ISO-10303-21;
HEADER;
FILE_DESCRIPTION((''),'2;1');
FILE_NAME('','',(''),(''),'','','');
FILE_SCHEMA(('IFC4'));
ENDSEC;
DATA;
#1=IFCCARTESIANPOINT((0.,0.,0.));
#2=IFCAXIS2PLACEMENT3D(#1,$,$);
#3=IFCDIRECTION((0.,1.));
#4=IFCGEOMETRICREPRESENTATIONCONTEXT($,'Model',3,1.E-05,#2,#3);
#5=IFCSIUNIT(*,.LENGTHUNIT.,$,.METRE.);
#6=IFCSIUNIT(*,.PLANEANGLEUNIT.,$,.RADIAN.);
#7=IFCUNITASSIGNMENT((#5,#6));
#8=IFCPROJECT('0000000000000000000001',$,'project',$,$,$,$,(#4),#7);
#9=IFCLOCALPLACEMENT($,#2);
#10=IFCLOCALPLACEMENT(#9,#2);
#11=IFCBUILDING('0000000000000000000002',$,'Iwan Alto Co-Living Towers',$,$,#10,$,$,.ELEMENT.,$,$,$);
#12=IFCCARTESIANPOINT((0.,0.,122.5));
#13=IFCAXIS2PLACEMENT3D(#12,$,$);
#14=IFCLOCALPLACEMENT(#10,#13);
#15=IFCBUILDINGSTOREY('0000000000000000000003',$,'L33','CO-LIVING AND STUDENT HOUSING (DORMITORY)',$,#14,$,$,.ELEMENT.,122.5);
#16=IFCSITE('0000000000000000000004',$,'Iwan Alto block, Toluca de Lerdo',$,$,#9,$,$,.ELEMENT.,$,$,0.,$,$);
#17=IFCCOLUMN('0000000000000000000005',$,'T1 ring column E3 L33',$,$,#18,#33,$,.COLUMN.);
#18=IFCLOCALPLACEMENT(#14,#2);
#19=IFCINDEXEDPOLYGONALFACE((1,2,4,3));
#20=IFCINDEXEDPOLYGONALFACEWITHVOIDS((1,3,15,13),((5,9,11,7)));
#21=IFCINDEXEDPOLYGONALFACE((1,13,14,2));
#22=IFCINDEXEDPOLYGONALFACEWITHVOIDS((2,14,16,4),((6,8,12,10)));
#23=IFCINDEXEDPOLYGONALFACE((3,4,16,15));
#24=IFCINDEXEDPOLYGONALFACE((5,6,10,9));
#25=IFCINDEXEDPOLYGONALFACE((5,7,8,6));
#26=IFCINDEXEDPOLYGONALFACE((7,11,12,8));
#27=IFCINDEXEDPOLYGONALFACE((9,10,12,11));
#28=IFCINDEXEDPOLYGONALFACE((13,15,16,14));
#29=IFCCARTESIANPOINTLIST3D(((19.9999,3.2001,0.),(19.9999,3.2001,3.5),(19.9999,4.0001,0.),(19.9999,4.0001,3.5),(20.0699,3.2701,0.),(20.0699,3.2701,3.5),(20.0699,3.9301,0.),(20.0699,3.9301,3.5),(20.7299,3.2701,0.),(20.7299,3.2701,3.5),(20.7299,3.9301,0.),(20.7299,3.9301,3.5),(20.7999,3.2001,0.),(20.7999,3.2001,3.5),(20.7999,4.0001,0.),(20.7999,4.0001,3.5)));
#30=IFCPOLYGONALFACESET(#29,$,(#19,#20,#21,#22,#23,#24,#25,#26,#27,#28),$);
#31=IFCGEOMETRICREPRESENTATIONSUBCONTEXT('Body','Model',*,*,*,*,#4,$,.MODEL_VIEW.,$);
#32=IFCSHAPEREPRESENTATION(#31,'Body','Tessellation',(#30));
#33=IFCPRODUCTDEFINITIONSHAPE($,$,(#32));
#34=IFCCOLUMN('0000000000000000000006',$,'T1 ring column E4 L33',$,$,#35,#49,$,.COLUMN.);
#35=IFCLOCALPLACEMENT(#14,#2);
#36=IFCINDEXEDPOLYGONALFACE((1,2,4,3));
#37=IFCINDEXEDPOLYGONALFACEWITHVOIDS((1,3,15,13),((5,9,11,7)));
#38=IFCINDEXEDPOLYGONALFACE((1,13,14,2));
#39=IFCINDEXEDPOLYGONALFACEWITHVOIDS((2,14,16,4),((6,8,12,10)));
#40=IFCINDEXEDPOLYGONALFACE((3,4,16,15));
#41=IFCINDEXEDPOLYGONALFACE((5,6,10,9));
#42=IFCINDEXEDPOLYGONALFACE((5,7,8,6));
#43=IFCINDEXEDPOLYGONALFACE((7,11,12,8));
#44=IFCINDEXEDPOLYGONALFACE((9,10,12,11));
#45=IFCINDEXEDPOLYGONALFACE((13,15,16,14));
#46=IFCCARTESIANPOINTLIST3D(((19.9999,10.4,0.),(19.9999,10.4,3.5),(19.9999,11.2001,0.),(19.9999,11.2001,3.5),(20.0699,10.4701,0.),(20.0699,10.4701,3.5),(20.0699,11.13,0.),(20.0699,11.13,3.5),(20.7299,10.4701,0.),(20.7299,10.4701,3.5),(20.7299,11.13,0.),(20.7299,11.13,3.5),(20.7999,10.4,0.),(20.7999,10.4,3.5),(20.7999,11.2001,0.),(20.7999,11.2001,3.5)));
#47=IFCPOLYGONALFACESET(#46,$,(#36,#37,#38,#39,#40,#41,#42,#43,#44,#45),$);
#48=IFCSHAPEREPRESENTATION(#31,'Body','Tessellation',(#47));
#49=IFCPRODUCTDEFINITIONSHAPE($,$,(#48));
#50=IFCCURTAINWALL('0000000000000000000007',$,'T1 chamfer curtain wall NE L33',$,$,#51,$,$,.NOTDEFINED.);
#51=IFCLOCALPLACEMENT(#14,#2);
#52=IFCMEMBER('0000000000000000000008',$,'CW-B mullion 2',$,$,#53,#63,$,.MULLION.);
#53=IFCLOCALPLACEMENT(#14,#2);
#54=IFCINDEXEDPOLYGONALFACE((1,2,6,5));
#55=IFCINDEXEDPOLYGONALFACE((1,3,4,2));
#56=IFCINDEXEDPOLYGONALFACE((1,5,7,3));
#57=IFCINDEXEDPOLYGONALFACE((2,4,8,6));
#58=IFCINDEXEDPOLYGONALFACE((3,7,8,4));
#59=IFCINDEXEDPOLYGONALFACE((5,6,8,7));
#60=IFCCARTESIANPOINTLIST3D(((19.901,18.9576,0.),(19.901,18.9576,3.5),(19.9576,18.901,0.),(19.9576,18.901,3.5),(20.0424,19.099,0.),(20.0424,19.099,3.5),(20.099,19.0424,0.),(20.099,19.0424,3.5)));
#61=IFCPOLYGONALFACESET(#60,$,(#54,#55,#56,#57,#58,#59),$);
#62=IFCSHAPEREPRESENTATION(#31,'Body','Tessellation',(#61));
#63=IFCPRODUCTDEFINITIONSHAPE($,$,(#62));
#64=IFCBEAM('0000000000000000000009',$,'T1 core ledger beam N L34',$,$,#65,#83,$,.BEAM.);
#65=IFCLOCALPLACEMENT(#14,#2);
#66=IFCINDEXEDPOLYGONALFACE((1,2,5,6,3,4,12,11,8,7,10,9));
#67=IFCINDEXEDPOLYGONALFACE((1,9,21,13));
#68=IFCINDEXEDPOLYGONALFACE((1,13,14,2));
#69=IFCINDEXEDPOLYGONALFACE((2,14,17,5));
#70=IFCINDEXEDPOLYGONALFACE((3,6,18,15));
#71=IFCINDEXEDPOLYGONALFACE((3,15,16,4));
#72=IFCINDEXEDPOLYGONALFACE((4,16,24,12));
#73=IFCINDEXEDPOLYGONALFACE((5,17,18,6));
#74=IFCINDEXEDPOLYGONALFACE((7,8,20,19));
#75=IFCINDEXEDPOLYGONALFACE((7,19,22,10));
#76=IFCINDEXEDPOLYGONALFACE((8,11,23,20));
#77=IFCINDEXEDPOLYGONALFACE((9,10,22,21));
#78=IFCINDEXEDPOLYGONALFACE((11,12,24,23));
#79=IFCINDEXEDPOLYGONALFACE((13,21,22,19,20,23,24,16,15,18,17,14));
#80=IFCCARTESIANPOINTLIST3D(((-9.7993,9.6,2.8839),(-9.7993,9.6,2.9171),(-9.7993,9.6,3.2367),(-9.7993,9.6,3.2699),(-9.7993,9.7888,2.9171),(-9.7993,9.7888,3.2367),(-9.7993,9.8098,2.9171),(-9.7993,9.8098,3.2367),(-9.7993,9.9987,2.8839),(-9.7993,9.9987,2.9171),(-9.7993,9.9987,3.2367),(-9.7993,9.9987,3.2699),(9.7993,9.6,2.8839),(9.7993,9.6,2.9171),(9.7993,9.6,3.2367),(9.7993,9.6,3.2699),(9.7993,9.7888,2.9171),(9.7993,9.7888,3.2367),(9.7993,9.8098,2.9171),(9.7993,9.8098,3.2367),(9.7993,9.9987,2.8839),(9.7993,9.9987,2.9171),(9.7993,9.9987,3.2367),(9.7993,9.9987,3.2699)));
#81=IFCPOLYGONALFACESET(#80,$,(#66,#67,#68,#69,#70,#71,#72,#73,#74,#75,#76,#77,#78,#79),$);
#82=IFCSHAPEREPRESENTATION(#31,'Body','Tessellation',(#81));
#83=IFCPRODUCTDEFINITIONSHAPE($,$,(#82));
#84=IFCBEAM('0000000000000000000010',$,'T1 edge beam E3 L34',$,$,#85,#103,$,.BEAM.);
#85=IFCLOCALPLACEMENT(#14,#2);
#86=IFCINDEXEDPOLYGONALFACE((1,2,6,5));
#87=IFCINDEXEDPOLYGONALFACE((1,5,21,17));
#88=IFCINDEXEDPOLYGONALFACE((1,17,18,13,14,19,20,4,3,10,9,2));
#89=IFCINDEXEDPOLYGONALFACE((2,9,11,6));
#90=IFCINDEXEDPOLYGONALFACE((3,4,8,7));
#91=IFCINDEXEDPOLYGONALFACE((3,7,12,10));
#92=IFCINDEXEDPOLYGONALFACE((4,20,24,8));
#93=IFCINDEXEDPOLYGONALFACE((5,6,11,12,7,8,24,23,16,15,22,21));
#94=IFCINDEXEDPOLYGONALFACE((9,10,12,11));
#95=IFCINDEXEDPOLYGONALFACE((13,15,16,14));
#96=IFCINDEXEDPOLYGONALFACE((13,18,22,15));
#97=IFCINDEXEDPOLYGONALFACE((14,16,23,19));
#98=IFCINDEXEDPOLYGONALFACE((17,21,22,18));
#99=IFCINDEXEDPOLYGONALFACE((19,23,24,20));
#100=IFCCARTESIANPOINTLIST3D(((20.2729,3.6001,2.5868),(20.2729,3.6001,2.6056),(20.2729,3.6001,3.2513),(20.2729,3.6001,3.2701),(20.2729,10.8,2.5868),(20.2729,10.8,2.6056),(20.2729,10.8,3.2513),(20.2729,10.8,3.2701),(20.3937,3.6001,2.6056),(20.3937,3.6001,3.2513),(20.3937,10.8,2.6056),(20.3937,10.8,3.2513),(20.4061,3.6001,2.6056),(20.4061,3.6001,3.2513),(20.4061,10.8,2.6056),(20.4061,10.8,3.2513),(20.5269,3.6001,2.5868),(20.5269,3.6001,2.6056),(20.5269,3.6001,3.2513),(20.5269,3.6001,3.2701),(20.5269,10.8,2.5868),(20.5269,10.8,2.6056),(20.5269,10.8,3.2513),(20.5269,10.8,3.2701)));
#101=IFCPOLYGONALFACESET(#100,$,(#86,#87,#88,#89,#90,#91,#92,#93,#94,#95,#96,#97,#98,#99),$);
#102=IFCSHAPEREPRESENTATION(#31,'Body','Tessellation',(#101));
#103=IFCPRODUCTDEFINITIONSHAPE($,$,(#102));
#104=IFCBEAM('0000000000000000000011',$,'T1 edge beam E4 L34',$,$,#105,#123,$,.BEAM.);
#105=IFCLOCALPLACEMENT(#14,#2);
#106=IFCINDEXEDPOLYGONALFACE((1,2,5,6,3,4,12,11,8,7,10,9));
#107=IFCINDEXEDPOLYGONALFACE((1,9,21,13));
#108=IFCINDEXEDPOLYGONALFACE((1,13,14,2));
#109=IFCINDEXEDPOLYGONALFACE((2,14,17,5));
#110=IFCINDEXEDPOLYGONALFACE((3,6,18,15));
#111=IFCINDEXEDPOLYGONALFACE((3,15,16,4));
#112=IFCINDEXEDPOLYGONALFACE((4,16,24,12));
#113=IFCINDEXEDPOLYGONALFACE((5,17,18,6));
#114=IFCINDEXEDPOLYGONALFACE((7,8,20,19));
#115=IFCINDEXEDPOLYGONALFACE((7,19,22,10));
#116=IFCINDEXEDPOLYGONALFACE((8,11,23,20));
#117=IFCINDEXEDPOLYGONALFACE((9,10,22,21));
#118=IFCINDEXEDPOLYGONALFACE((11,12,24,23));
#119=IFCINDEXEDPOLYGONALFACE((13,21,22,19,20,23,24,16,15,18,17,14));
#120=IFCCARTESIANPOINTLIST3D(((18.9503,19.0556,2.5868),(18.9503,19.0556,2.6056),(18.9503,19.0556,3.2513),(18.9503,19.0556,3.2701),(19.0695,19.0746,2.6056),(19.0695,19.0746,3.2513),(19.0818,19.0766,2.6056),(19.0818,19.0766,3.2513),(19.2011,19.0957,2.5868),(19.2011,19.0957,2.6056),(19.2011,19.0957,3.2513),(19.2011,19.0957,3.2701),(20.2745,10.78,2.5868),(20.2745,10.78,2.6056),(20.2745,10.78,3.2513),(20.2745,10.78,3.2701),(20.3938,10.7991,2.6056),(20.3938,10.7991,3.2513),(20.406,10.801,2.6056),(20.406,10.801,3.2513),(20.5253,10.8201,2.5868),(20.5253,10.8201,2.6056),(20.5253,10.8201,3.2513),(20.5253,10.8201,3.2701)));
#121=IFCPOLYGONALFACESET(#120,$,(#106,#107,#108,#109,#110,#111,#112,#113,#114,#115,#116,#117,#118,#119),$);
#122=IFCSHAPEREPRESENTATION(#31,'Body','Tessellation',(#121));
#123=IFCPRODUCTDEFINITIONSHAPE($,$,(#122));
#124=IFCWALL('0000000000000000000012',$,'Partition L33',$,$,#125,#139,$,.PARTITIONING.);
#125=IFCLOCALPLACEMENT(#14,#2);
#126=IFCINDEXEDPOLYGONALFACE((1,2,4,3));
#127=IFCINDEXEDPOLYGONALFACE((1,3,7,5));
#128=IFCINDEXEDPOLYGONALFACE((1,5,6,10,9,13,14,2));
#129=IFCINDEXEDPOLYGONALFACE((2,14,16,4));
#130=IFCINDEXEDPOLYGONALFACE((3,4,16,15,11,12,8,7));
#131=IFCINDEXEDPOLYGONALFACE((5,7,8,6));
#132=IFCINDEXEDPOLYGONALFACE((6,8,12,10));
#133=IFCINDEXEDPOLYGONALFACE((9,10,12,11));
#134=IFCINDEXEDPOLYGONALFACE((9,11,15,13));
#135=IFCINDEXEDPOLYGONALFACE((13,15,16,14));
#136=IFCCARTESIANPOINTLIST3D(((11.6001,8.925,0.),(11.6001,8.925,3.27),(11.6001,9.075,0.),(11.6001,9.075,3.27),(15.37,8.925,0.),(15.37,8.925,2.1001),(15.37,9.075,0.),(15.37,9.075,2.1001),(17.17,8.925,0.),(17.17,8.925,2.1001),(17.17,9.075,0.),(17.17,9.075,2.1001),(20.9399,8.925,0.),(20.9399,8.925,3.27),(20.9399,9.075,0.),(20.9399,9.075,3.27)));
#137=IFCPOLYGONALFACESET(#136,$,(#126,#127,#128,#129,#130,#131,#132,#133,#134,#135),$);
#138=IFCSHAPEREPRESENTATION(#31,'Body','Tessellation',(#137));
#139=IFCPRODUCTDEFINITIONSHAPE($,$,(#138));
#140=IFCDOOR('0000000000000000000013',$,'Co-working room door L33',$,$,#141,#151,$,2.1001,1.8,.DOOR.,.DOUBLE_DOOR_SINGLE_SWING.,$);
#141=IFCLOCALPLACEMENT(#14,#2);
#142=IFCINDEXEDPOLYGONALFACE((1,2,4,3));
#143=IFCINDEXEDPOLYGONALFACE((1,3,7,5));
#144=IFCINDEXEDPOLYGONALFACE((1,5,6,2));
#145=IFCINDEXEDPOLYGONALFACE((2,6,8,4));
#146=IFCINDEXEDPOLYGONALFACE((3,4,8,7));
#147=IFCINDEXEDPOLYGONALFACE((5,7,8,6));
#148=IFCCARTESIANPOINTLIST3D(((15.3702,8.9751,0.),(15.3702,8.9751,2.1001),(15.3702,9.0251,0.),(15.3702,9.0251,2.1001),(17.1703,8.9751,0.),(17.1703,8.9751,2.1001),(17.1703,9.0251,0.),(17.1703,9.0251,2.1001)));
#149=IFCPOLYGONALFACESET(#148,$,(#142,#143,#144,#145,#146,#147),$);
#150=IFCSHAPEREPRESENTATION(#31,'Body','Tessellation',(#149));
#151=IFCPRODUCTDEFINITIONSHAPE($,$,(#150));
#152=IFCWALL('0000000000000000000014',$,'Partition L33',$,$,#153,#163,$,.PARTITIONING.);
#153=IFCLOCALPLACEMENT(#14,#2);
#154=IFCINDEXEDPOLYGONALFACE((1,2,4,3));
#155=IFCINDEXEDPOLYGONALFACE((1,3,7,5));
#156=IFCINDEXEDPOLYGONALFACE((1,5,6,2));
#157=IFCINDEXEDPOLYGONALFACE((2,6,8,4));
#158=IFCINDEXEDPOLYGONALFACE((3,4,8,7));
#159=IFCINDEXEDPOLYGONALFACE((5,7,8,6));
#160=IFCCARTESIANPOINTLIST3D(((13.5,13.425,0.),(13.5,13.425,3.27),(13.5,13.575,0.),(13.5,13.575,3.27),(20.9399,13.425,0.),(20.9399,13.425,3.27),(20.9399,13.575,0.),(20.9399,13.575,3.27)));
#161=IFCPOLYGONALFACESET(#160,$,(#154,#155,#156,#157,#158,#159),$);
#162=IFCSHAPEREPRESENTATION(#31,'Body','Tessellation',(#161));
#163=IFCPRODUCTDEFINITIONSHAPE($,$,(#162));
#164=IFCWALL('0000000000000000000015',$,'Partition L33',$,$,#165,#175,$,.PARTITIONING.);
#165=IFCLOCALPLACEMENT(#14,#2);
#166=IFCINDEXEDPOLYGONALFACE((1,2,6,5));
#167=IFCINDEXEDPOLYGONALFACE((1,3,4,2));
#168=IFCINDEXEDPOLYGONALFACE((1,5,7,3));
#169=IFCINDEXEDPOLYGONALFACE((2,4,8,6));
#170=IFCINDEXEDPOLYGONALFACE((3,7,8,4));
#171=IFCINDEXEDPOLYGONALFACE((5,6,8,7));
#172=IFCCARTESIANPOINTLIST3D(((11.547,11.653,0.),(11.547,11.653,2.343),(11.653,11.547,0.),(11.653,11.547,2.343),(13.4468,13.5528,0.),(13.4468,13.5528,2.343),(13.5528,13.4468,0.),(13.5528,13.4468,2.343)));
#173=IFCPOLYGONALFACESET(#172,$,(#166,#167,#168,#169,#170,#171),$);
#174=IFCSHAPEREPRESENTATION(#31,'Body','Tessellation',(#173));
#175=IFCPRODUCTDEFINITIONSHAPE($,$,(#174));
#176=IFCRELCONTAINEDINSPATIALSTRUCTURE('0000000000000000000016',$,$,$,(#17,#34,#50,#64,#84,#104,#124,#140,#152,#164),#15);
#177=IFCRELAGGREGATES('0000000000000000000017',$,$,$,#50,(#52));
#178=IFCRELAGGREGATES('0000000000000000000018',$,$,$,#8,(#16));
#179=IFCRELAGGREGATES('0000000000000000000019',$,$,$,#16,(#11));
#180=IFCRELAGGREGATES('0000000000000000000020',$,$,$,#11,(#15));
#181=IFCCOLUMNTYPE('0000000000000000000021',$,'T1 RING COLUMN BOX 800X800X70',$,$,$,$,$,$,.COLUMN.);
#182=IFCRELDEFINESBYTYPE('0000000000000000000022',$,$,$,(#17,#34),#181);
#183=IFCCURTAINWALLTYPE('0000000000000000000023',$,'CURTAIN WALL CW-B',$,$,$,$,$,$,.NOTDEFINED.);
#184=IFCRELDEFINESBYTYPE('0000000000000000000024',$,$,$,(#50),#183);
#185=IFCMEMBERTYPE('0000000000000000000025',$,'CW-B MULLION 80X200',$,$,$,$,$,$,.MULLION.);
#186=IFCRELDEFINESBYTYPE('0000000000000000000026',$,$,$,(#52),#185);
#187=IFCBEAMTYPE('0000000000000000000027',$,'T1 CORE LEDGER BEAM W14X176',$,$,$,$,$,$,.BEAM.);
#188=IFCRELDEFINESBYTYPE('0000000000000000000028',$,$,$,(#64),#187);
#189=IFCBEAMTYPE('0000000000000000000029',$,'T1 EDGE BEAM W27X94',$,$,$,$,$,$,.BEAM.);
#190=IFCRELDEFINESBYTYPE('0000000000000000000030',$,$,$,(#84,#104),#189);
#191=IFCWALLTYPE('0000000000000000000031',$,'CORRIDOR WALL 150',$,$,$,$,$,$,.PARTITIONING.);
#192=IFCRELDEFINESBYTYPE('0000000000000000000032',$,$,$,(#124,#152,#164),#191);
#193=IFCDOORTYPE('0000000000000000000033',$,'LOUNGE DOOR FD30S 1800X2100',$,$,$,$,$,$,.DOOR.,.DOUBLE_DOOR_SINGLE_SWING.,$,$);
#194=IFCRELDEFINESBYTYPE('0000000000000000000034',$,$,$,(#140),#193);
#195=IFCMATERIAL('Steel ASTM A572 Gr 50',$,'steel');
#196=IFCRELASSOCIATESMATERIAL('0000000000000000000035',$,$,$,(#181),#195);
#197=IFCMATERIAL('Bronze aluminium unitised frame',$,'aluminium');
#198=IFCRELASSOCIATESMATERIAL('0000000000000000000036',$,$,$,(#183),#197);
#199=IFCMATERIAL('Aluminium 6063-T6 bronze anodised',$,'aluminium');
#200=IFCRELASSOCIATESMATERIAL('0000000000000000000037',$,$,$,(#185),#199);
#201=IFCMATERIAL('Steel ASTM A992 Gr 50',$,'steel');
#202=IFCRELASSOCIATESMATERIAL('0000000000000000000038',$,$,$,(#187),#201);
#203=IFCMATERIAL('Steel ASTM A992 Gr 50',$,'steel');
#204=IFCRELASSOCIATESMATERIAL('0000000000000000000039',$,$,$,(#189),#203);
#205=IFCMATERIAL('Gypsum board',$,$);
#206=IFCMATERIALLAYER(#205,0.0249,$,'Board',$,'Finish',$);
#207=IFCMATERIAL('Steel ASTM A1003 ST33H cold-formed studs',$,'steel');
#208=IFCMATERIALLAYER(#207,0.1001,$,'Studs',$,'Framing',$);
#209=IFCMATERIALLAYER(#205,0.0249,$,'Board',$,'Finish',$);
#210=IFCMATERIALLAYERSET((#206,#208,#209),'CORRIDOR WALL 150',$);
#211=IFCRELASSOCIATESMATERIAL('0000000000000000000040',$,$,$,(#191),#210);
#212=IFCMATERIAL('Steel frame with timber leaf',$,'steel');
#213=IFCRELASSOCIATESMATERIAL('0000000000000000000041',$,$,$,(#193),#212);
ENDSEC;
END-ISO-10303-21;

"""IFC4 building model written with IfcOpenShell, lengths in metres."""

from ifc_helpers import new_model, si_unit, direction, frame, frame_2d, origin, origin_2d, place, context, subcontext, project, spatial, rectangle, hollow_rectangle, i_section, extrude, material, layer, layer_set, material_profile, profile_set, type_object, element, fill, aggregate, save


model = new_model("IFC4")

# Units and contexts
model_context = context("Model", 3, precision=1e-05, world=origin(), true_north=direction((0.0, 1.0)))
body_context = subcontext(model_context, "Body", "Model", "MODEL_VIEW")
ifc_project = project(units=[si_unit("LENGTHUNIT", "METRE"), si_unit("PLANEANGLEUNIT", "RADIAN")], contexts=[model_context])

# Site, building, storey
site_placement = place(None, origin())
site = spatial("IfcSite", under=ifc_project, at=site_placement, Name="Iwan Alto block, Toluca de Lerdo", CompositionType="ELEMENT", RefElevation=0.0)
building_placement = place(site_placement, origin())
building = spatial("IfcBuilding", under=site, at=building_placement, Name="Iwan Alto Co-Living Towers", CompositionType="ELEMENT")
storey_placement = place(building_placement, frame((0.0, 0.0, 122.5)))
storey = spatial("IfcBuildingStorey", under=building, at=storey_placement, Name="L33", Description="CO-LIVING AND STUDENT HOUSING (DORMITORY)", CompositionType="ELEMENT", Elevation=122.5)

# Columns
ifc_material_1 = material(Name="Steel ASTM A572 Gr 50", Category="steel")
ifc_material_profile_1 = material_profile(ifc_material_1, hollow_rectangle(XDim=0.8, YDim=0.8, WallThickness=0.0701, at=origin_2d()), Name="BOX 800X800X70")
ifc_profile_set_1 = profile_set([ifc_material_profile_1], Name="Steel ASTM A572 Gr 50")
column_type = type_object("IfcColumnType", Name="T1 RING COLUMN BOX 800X800X70", PredefinedType="COLUMN", material=ifc_profile_set_1)
for number, where, z_axis, x_axis, name in (
    (1, (20.3999, 3.6001, 0.0), (0.0, 0.0, 1.0), (1.0, 0.0, 0.0), "T1 ring column E3 L33"),
    (2, (20.3999, 10.8, 0.0), (0.0, 0.0, 1.0), (1.0, 0.0, 0.0), "T1 ring column E4 L33"),
):
    element("IfcColumn", number, at=place(storey_placement, frame(where, z_axis=z_axis, x_axis=x_axis)), inside=storey, type_object=column_type, Name=name, PredefinedType="COLUMN", context=body_context, shape_type="SweptSolid", body=[
        extrude(hollow_rectangle(XDim=0.8, YDim=0.8, WallThickness=0.0701, at=origin_2d()), origin(), (0.0, 0.0, 1.0), 3.5),
    ])

# Curtain wall, member
ifc_material_2 = material(Name="Bronze aluminium unitised frame", Category="aluminium")
curtain_wall_type = type_object("IfcCurtainWallType", Name="CURTAIN WALL CW-B", PredefinedType="NOTDEFINED", material=ifc_material_2)
curtain_wall_placement = place(storey_placement, origin())
curtain_wall = element("IfcCurtainWall", 3, at=curtain_wall_placement, inside=storey, type_object=curtain_wall_type, Name="T1 chamfer curtain wall NE L33", PredefinedType="NOTDEFINED")
ifc_material_3 = material(Name="Aluminium 6063-T6 bronze anodised", Category="aluminium")
ifc_material_profile_2 = material_profile(ifc_material_3, rectangle(XDim=0.2, YDim=0.0801, at=origin_2d()), Name="AL 80X200")
ifc_profile_set_2 = profile_set([ifc_material_profile_2], Name="Aluminium 6063-T6 bronze anodised")
member_type = type_object("IfcMemberType", Name="CW-B MULLION 80X200", PredefinedType="MULLION", material=ifc_profile_set_2)
member_placement = place(storey_placement, frame((20.0, 19.0, 0.0), z_axis=(0.0, 0.0, 1.0), x_axis=(-0.707107, -0.707107, 0.0)))
member = element("IfcMember", 4, at=member_placement, type_object=member_type, Name="CW-B mullion 2", PredefinedType="MULLION", context=body_context, shape_type="SweptSolid", body=[
    extrude(rectangle(XDim=0.2, YDim=0.0801, at=origin_2d()), origin(), (0.0, 0.0, 1.0), 3.5),
])
aggregate(curtain_wall, [member])

# Beams
ifc_material_4 = material(Name="Steel ASTM A992 Gr 50", Category="steel")
ifc_material_profile_3 = material_profile(ifc_material_4, i_section(OverallWidth=0.3987, OverallDepth=0.386, WebThickness=0.021, FlangeThickness=0.0332, at=origin_2d()), Name="W14X176")
ifc_profile_set_3 = profile_set([ifc_material_profile_3], Name="Steel ASTM A992 Gr 50")
beam_type_1 = type_object("IfcBeamType", Name="T1 CORE LEDGER BEAM W14X176", PredefinedType="BEAM", material=ifc_profile_set_3)
beam_1_placement = place(storey_placement, frame((9.7993, 9.7993, 3.0769), z_axis=(-1.0, 0.0, 0.0), x_axis=(0.0, -1.0, 0.0)))
element("IfcBeam", 5, at=beam_1_placement, inside=storey, type_object=beam_type_1, Name="T1 core ledger beam N L34", PredefinedType="BEAM", context=body_context, shape_type="SweptSolid", body=[
    extrude(i_section(OverallWidth=0.3987, OverallDepth=0.386, WebThickness=0.021, FlangeThickness=0.0332, at=origin_2d()), origin(), (0.0, 0.0, 1.0), 19.5986),
])
ifc_material_5 = material(Name="Steel ASTM A992 Gr 50", Category="steel")
ifc_material_profile_4 = material_profile(ifc_material_5, i_section(OverallWidth=0.2539, OverallDepth=0.6833, WebThickness=0.0125, FlangeThickness=0.0188, at=origin_2d()), Name="W27X94")
ifc_profile_set_4 = profile_set([ifc_material_profile_4], Name="Steel ASTM A992 Gr 50")
beam_type_2 = type_object("IfcBeamType", Name="T1 EDGE BEAM W27X94", PredefinedType="BEAM", material=ifc_profile_set_4)
beam_2_placement = place(storey_placement, frame((20.3999, 3.6001, 2.9285), z_axis=(0.0, 1.0, 0.0), x_axis=(-1.0, 0.0, 0.0)))
element("IfcBeam", 6, at=beam_2_placement, inside=storey, type_object=beam_type_2, Name="T1 edge beam E3 L34", PredefinedType="BEAM", context=body_context, shape_type="SweptSolid", body=[
    extrude(i_section(OverallWidth=0.2539, OverallDepth=0.6833, WebThickness=0.0125, FlangeThickness=0.0188, at=origin_2d()), origin(), (0.0, 0.0, 1.0), 7.2),
])
beam_3_placement = place(storey_placement, frame((20.3999, 10.8, 2.9285), z_axis=(-0.158004, 0.987438, 0.0), x_axis=(-0.987438, -0.158004, 0.0)))
element("IfcBeam", 7, at=beam_3_placement, inside=storey, type_object=beam_type_2, Name="T1 edge beam E4 L34", PredefinedType="BEAM", context=body_context, shape_type="SweptSolid", body=[
    extrude(i_section(OverallWidth=0.2539, OverallDepth=0.6833, WebThickness=0.0125, FlangeThickness=0.0188, at=origin_2d()), origin(), (0.0, 0.0, 1.0), 8.3809),
])

# Wall, opening, door
ifc_material_6 = material(Name="Gypsum board")
ifc_layer_1 = layer(ifc_material_6, 0.0249, Name="Board", Category="Finish")
ifc_material_7 = material(Name="Steel ASTM A1003 ST33H cold-formed studs", Category="steel")
ifc_layer_2 = layer(ifc_material_7, 0.1001, Name="Studs", Category="Framing")
ifc_layer_3 = layer(ifc_material_6, 0.0249, Name="Board", Category="Finish")
ifc_layer_set_1 = layer_set([ifc_layer_1, ifc_layer_2, ifc_layer_3], Name="CORRIDOR WALL 150")
wall_type_1 = type_object("IfcWallType", Name="CORRIDOR WALL 150", PredefinedType="PARTITIONING", material=ifc_layer_set_1)
wall_1_placement = place(storey_placement, frame((11.6001, 9.0, 0.0), z_axis=(0.0, 0.0, 1.0), x_axis=(1.0, 0.0, 0.0)))
wall_1 = element("IfcWall", 8, at=wall_1_placement, inside=storey, type_object=wall_type_1, Name="Partition L33", PredefinedType="PARTITIONING", context=body_context, shape_type="SweptSolid", body=[
    extrude(rectangle(XDim=9.3398, YDim=0.1499, at=frame_2d((4.6699, 0.0))), origin(), (0.0, 0.0, 1.0), 3.27),
])
opening_1_placement = place(wall_1_placement, frame((3.77, 0.0, 0.0)))
opening_1 = element("IfcOpeningElement", 9, at=opening_1_placement, cuts=wall_1, PredefinedType="OPENING", context=body_context, shape_type="SweptSolid", body=[
    extrude(rectangle(XDim=1.8, YDim=2.1001, at=frame_2d((0.8999, 1.05))), frame((0.0, 0.085, 0.0), z_axis=(0.0, -1.0, 0.0), x_axis=(1.0, 0.0, 0.0)), (0.0, 0.0, 1.0), 0.1699),
])
ifc_material_8 = material(Name="Steel frame with timber leaf", Category="steel")
door_type_1 = type_object("IfcDoorType", Name="LOUNGE DOOR FD30S 1800X2100", OperationType="DOUBLE_DOOR_SINGLE_SWING", PredefinedType="DOOR", material=ifc_material_8)
door_1_placement = place(opening_1_placement, frame((1.8, 0.0, 0.0), z_axis=(0.0, 0.0, 1.0), x_axis=(-1.0, 0.0, 0.0)))
door_1 = element("IfcDoor", 10, at=door_1_placement, inside=storey, type_object=door_type_1, Name="Co-working room door L33", OperationType="DOUBLE_DOOR_SINGLE_SWING", OverallHeight=2.1001, OverallWidth=1.8, PredefinedType="DOOR", context=body_context, shape_type="SweptSolid", body=[
    extrude(rectangle(XDim=1.8, YDim=2.1001, at=frame_2d((0.8999, 1.05))), frame((0.0, 0.0249, 0.0), z_axis=(0.0, -1.0, 0.0), x_axis=(1.0, 0.0, 0.0)), (0.0, 0.0, 1.0), 0.05),
])
fill(opening_1, door_1)

# Walls
wall_2_placement = place(storey_placement, frame((13.5, 13.5, 0.0), z_axis=(0.0, 0.0, 1.0), x_axis=(1.0, 0.0, 0.0)))
element("IfcWall", 11, at=wall_2_placement, inside=storey, type_object=wall_type_1, Name="Partition L33", PredefinedType="PARTITIONING", context=body_context, shape_type="SweptSolid", body=[
    extrude(rectangle(XDim=7.4399, YDim=0.1499, at=frame_2d((3.72, 0.0))), origin(), (0.0, 0.0, 1.0), 3.27),
])
wall_3_placement = place(storey_placement, frame((11.6001, 11.6001, 0.0), z_axis=(0.0, 0.0, 1.0), x_axis=(0.707107, 0.707107, 0.0)))
element("IfcWall", 12, at=wall_3_placement, inside=storey, type_object=wall_type_1, Name="Partition L33", PredefinedType="PARTITIONING", context=body_context, shape_type="SweptSolid", body=[
    extrude(rectangle(XDim=2.6868, YDim=0.1499, at=frame_2d((1.3433, 0.0))), origin(), (0.0, 0.0, 1.0), 2.343),
])

save(model, "model.ifc")
